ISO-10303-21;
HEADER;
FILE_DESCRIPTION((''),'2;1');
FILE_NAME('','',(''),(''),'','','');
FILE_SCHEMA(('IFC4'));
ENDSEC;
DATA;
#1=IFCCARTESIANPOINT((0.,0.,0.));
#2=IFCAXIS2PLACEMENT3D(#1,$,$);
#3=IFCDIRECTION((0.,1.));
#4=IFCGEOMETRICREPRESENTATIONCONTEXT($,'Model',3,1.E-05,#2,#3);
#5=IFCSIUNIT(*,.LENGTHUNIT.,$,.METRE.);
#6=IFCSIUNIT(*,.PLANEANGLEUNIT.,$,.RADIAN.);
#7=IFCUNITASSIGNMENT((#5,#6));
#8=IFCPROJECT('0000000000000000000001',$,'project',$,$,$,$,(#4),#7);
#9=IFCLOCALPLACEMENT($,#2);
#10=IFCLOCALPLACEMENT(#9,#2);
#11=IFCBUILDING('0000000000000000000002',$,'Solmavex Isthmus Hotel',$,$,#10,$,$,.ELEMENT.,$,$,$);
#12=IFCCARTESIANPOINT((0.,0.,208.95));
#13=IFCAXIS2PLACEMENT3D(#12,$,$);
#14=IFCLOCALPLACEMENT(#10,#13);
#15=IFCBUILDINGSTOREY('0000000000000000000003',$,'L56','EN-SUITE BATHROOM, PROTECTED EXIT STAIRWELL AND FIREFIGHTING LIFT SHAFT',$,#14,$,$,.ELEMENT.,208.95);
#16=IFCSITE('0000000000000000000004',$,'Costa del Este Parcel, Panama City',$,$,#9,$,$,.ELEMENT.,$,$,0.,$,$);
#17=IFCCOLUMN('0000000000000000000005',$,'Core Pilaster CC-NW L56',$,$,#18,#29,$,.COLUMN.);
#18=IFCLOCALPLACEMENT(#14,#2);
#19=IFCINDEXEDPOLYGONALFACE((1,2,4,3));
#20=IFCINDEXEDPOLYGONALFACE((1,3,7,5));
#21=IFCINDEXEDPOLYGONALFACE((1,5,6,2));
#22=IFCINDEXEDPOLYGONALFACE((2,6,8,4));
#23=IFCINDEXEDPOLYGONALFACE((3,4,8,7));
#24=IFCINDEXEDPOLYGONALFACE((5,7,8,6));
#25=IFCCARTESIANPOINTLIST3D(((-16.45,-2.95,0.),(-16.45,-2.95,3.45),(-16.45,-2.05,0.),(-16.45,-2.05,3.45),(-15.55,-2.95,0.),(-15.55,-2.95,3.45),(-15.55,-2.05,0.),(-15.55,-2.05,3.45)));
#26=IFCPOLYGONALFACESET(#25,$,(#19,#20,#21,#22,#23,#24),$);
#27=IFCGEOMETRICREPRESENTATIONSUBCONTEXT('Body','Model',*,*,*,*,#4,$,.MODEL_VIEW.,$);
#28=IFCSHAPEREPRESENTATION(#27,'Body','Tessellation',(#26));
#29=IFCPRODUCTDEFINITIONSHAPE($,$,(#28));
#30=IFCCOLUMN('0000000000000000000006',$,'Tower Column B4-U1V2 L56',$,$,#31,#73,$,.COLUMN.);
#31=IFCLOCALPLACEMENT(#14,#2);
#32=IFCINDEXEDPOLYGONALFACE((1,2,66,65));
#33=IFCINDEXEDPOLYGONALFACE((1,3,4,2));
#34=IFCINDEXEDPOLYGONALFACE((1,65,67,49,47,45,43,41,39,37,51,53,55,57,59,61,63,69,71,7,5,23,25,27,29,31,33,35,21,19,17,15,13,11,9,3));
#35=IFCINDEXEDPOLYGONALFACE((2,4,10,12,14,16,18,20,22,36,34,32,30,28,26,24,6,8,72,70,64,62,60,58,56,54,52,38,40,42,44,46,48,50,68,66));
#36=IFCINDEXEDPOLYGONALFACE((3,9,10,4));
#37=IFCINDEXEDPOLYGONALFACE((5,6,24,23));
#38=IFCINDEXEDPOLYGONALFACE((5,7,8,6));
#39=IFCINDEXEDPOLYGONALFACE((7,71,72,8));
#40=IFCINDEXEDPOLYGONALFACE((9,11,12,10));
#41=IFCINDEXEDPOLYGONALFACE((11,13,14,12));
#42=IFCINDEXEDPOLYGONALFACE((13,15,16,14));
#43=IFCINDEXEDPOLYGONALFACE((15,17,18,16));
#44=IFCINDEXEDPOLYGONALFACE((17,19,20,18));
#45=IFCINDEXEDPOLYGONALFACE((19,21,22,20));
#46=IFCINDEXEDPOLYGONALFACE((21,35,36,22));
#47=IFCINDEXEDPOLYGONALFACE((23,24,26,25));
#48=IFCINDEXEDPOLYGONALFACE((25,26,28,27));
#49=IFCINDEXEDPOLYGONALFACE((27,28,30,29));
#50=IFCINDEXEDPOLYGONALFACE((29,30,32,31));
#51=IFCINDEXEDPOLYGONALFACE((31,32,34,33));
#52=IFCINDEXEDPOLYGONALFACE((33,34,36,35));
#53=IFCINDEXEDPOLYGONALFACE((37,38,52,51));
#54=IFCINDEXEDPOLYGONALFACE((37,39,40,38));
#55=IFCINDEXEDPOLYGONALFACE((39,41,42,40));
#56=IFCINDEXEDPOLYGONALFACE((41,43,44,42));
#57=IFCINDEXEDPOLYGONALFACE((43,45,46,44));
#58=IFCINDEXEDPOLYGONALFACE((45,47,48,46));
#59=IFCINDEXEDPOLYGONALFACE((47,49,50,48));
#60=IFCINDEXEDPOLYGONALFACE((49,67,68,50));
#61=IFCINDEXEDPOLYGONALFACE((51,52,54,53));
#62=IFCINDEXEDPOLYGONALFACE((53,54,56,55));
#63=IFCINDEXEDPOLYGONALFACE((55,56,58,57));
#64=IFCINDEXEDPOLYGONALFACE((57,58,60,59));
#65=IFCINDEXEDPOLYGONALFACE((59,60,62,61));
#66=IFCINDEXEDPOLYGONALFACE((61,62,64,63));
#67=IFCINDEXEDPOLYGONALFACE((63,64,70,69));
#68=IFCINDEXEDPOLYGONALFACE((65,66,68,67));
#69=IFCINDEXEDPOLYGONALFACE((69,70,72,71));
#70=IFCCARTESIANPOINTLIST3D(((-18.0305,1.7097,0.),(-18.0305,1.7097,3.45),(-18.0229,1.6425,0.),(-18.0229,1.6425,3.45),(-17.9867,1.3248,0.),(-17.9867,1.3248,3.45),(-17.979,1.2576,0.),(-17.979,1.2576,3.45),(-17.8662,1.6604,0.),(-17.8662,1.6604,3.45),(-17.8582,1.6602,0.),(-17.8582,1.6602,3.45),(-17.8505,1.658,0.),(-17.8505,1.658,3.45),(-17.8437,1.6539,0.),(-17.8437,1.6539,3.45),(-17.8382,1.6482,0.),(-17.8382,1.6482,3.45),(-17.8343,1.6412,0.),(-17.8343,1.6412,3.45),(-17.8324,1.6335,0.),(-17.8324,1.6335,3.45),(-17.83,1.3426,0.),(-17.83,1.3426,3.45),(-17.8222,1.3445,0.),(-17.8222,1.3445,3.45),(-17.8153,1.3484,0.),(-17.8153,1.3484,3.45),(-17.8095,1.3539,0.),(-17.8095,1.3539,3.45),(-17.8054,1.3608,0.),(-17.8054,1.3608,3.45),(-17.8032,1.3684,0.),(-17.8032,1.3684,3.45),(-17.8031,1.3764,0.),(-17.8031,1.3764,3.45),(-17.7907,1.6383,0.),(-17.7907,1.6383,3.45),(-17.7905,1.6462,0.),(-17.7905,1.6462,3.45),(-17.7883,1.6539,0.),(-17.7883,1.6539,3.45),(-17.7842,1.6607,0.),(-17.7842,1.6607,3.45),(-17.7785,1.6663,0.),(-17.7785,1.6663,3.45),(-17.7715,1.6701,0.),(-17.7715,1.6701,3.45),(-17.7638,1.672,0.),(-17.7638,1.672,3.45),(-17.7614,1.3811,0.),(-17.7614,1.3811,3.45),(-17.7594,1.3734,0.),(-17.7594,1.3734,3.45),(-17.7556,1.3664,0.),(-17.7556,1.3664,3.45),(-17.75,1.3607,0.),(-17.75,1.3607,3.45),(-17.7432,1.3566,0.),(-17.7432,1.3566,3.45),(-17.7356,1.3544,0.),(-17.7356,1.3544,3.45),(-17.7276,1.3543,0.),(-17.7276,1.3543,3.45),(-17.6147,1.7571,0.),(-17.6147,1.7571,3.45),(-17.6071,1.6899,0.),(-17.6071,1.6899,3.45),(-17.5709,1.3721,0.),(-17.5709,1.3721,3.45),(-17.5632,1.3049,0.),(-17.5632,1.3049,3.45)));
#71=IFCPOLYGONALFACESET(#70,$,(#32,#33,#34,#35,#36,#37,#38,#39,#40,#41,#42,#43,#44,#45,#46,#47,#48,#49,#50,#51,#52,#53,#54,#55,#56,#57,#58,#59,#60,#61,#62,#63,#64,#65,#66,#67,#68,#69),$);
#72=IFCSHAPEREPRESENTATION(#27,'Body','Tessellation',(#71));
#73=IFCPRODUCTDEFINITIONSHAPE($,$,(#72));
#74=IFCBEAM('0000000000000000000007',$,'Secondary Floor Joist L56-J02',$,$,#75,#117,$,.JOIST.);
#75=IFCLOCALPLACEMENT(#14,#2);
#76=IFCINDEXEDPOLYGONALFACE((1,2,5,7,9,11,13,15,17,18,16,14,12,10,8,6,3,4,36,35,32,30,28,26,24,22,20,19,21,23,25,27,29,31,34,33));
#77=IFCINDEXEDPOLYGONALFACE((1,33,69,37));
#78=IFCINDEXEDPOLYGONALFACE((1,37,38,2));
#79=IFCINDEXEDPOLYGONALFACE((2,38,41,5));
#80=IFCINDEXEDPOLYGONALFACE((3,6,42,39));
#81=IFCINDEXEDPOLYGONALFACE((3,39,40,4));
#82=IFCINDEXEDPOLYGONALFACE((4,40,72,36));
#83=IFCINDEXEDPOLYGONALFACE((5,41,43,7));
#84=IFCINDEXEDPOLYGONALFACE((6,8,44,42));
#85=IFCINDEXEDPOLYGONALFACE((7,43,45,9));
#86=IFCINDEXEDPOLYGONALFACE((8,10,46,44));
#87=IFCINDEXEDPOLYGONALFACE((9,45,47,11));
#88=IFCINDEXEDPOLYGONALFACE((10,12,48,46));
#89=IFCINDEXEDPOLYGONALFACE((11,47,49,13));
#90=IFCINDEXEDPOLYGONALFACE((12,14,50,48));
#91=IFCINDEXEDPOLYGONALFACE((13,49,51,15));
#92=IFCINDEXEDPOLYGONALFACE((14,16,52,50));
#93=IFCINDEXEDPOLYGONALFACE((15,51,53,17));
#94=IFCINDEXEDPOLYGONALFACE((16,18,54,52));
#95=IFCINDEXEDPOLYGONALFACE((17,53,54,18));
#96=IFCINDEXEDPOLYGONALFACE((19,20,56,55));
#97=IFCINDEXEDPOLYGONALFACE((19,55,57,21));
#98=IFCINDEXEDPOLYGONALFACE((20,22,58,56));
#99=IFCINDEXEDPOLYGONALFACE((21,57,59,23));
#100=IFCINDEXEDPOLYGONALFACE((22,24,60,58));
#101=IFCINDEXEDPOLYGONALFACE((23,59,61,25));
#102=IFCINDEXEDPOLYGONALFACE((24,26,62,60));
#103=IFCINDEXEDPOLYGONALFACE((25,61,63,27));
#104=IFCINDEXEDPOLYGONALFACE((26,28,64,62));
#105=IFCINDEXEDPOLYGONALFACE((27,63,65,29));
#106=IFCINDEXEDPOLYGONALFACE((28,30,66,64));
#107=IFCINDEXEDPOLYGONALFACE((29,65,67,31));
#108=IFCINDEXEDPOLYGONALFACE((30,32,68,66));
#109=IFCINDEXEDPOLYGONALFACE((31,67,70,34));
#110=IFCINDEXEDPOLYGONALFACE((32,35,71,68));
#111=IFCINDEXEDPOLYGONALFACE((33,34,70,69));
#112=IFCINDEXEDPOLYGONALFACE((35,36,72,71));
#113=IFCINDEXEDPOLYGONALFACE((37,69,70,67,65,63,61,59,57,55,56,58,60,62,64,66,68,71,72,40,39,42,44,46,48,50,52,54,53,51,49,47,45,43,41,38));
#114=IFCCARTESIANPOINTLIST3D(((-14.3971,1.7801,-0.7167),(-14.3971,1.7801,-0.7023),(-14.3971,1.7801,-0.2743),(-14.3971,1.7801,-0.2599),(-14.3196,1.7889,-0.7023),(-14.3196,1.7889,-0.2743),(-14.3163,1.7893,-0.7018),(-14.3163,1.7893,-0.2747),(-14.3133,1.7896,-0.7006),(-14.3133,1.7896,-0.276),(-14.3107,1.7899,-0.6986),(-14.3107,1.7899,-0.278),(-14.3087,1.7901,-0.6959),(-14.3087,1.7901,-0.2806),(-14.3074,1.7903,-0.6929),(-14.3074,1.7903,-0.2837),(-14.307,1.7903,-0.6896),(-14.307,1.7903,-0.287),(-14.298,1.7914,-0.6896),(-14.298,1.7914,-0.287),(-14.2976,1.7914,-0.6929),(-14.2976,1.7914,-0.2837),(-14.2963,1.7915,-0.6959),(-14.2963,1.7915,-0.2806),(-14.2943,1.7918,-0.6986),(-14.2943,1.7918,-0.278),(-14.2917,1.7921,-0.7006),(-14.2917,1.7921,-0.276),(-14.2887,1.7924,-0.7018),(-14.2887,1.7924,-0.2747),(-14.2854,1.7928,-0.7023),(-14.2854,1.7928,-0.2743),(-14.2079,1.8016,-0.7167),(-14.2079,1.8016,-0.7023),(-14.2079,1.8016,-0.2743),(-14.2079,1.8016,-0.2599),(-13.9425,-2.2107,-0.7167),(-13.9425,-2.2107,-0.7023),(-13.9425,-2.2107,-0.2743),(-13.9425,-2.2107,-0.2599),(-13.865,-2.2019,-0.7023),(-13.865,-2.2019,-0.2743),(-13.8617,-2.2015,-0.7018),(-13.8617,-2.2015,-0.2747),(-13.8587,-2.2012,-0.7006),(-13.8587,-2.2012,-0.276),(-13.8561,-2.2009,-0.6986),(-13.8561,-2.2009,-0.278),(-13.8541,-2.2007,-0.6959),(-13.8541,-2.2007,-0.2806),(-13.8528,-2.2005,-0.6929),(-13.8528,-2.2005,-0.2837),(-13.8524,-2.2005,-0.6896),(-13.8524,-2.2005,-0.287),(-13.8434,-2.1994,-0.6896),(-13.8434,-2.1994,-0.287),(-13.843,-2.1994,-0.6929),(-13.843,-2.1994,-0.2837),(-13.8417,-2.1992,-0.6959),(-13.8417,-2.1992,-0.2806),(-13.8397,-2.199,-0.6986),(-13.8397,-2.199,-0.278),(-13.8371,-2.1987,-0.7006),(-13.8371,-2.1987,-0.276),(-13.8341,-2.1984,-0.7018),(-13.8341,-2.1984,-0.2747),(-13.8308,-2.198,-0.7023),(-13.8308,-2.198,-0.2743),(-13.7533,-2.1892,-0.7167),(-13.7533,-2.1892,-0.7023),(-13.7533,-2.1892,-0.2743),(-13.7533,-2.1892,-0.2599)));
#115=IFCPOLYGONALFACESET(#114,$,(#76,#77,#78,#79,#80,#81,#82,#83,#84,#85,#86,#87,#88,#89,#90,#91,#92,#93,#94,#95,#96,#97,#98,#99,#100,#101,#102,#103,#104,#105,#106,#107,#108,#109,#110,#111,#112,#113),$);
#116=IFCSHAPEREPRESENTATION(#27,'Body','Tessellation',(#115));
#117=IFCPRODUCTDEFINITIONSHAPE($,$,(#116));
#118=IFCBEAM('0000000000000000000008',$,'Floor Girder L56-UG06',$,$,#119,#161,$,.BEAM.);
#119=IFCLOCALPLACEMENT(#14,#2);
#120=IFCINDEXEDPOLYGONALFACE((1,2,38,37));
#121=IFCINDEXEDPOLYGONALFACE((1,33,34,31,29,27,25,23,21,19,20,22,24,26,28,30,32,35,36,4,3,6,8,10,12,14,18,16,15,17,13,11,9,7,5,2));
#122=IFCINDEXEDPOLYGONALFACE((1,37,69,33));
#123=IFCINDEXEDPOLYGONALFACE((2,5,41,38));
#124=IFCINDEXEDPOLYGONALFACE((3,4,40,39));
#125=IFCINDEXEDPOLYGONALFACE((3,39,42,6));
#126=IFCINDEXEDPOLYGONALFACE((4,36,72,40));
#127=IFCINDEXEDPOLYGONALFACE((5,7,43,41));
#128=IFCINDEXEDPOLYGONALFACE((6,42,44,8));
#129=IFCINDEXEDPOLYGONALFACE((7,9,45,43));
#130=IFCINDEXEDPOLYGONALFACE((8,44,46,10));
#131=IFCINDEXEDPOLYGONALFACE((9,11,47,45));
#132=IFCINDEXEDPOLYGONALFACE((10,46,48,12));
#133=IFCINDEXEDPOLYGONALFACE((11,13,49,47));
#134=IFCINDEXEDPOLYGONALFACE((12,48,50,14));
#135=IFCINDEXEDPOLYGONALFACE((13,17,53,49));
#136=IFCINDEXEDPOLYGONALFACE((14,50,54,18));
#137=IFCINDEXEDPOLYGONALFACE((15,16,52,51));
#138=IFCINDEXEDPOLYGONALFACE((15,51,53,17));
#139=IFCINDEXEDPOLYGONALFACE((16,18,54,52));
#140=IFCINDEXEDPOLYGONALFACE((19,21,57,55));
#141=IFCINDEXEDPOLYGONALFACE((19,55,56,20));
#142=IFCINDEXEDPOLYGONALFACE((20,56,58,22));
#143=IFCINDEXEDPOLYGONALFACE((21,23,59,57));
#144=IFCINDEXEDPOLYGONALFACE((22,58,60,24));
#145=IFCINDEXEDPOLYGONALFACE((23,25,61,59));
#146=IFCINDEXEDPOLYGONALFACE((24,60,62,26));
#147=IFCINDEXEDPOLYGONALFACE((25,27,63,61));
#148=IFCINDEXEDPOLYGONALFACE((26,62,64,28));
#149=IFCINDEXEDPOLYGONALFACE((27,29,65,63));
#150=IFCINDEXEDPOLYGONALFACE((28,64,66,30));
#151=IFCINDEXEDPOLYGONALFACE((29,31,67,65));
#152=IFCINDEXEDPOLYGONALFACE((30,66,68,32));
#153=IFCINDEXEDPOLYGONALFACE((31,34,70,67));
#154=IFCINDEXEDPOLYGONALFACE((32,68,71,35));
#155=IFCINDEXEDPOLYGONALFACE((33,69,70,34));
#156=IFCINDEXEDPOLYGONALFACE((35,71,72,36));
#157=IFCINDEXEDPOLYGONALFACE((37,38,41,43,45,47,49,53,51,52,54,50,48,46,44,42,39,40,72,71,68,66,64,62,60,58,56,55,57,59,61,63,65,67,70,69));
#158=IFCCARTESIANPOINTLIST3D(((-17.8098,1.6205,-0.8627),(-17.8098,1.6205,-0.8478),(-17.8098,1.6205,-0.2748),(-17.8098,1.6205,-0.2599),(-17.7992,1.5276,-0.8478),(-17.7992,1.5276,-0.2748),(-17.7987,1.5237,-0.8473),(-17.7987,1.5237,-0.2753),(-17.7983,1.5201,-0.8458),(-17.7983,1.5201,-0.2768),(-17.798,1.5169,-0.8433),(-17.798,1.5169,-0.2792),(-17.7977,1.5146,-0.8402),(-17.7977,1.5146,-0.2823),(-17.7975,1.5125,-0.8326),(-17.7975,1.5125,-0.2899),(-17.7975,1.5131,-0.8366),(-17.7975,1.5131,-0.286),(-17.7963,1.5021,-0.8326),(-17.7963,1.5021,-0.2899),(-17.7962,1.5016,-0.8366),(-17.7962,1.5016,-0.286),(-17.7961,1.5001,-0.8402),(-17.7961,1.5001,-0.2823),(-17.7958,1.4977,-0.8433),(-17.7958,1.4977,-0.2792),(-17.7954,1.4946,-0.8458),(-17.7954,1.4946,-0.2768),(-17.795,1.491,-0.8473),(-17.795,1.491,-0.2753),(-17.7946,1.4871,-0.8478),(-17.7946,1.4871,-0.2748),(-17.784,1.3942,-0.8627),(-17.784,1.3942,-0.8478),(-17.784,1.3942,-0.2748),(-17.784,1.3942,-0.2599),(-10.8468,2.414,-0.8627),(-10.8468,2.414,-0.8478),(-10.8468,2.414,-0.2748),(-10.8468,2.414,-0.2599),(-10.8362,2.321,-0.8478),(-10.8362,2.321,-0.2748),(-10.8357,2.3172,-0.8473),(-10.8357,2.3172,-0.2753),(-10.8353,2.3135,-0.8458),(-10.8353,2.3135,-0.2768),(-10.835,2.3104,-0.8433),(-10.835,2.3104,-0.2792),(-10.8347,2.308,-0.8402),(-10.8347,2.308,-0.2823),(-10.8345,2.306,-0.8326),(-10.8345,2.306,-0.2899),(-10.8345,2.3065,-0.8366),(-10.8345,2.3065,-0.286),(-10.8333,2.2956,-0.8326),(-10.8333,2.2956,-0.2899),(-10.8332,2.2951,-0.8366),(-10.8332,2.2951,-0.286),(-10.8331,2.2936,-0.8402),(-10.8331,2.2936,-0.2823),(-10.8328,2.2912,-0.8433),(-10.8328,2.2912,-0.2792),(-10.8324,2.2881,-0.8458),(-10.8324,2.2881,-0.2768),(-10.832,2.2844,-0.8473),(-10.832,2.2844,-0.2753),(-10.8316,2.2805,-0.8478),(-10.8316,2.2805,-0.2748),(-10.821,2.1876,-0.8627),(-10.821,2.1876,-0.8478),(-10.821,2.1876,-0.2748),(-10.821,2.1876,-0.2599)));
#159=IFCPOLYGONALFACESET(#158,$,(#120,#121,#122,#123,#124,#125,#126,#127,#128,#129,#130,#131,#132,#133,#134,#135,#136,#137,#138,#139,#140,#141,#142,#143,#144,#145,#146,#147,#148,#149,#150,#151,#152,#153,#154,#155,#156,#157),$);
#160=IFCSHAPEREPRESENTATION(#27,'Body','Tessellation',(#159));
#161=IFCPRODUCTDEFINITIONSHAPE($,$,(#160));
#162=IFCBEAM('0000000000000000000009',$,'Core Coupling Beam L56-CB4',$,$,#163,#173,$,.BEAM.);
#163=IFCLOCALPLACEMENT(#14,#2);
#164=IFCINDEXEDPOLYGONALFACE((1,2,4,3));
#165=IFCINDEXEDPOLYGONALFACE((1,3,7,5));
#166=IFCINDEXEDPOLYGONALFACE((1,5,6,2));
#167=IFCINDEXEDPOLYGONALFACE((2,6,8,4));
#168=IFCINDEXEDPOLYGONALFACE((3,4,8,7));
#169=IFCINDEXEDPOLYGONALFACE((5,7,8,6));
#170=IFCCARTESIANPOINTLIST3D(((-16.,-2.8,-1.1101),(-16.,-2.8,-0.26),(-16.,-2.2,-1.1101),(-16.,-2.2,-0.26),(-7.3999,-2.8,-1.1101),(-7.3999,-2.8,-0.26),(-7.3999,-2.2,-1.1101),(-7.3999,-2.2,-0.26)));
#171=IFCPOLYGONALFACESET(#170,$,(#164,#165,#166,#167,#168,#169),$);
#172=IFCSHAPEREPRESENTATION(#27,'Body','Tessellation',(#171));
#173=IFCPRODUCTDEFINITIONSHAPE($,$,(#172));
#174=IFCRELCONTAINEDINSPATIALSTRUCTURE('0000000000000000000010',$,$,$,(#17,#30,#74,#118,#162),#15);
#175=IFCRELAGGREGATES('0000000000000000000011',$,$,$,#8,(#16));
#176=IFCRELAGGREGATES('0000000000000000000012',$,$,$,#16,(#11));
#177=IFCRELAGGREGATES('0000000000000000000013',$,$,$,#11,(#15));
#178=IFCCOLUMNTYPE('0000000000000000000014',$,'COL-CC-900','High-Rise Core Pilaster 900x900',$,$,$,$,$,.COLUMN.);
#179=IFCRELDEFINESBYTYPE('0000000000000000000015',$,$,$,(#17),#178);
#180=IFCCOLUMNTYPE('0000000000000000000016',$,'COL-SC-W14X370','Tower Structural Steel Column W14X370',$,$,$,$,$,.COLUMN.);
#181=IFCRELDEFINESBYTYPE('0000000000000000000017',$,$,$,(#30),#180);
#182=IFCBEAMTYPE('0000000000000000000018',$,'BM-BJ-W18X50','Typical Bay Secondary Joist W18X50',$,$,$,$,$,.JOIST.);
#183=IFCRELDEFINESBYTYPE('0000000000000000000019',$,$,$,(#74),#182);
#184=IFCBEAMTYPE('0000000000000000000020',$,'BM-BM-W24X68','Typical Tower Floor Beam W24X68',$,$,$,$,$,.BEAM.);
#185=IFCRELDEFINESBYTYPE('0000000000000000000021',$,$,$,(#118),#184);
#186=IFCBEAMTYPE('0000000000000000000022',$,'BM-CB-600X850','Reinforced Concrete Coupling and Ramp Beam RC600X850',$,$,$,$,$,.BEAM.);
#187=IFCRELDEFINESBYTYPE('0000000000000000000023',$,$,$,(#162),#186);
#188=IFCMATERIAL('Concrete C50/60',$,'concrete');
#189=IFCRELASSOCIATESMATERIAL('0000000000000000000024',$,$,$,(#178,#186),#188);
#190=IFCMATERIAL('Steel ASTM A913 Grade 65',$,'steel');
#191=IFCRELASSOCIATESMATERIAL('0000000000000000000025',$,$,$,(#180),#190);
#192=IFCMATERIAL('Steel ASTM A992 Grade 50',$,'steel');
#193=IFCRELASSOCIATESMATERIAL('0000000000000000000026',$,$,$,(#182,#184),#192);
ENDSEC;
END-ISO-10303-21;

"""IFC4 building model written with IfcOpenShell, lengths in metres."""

from ifc_helpers import new_model, si_unit, direction, frame, origin, origin_2d, place, context, subcontext, project, spatial, rectangle, i_section, extrude, material, material_profile, profile_set, type_object, element, save


model = new_model("IFC4")

# Units and contexts
model_context = context("Model", 3, precision=1e-05, world=origin(), true_north=direction((0.0, 1.0)))
body_context = subcontext(model_context, "Body", "Model", "MODEL_VIEW")
ifc_project = project(units=[si_unit("LENGTHUNIT", "METRE"), si_unit("PLANEANGLEUNIT", "RADIAN")], contexts=[model_context])

# Site, building, storey
site_placement = place(None, origin())
site = spatial("IfcSite", under=ifc_project, at=site_placement, Name="Costa del Este Parcel, Panama City", CompositionType="ELEMENT", RefElevation=0.0)
building_placement = place(site_placement, origin())
building = spatial("IfcBuilding", under=site, at=building_placement, Name="Solmavex Isthmus Hotel", CompositionType="ELEMENT")
storey_placement = place(building_placement, frame((0.0, 0.0, 208.95)))
storey = spatial("IfcBuildingStorey", under=building, at=storey_placement, Name="L56", Description="EN-SUITE BATHROOM, PROTECTED EXIT STAIRWELL AND FIREFIGHTING LIFT SHAFT", CompositionType="ELEMENT", Elevation=208.95)

# Columns
ifc_material_1 = material(Name="Concrete C50/60", Category="concrete")
ifc_material_profile_1 = material_profile(ifc_material_1, rectangle(XDim=0.8999, YDim=0.8999, at=origin_2d()), Name="RC900X900")
ifc_profile_set_1 = profile_set([ifc_material_profile_1], Name="Concrete C50/60")
column_type_1 = type_object("IfcColumnType", Name="COL-CC-900", Description="High-Rise Core Pilaster 900x900", PredefinedType="COLUMN", material=ifc_profile_set_1)
column_1_placement = place(storey_placement, frame((-16.0, -2.5, 0.0), z_axis=(0.0, 0.0, 1.0), x_axis=(1.0, 0.0, 0.0)))
element("IfcColumn", 1, at=column_1_placement, inside=storey, type_object=column_type_1, Name="Core Pilaster CC-NW L56", PredefinedType="COLUMN", context=body_context, shape_type="SweptSolid", body=[
    extrude(rectangle(XDim=0.8999, YDim=0.8999, at=origin_2d()), origin(), (0.0, 0.0, 1.0), 3.45),
])
ifc_material_2 = material(Name="Steel ASTM A913 Grade 65", Category="steel")
ifc_material_profile_2 = material_profile(ifc_material_2, i_section(OverallWidth=0.4185, OverallDepth=0.4551, WebThickness=0.042, FlangeThickness=0.0676, FilletRadius=0.0305, at=origin_2d()), Name="W14X370")
ifc_profile_set_2 = profile_set([ifc_material_profile_2], Name="Steel ASTM A913 Grade 65")
column_type_2 = type_object("IfcColumnType", Name="COL-SC-W14X370", Description="Tower Structural Steel Column W14X370", PredefinedType="COLUMN", material=ifc_profile_set_2)
column_2_placement = place(storey_placement, frame((-17.7969, 1.5073, 0.0), z_axis=(0.0, 0.0, 1.0), x_axis=(0.993572, 0.113203, 0.0)))
element("IfcColumn", 2, at=column_2_placement, inside=storey, type_object=column_type_2, Name="Tower Column B4-U1V2 L56", PredefinedType="COLUMN", context=body_context, shape_type="SweptSolid", body=[
    extrude(i_section(OverallWidth=0.4185, OverallDepth=0.4551, WebThickness=0.042, FlangeThickness=0.0676, FilletRadius=0.0305, at=origin_2d()), origin(), (0.0, 0.0, 1.0), 3.45),
])

# Beams
ifc_material_3 = material(Name="Steel ASTM A992 Grade 50", Category="steel")
ifc_material_profile_3 = material_profile(ifc_material_3, i_section(OverallWidth=0.1904, OverallDepth=0.4568, WebThickness=0.009, FlangeThickness=0.0144, FilletRadius=0.0127, at=origin_2d()), Name="W18X50")
ifc_profile_set_3 = profile_set([ifc_material_profile_3], Name="Steel ASTM A992 Grade 50")
beam_type_1 = type_object("IfcBeamType", Name="BM-BJ-W18X50", Description="Typical Bay Secondary Joist W18X50", PredefinedType="JOIST", material=ifc_profile_set_3)
beam_1_placement = place(storey_placement, frame((-13.8479, -2.2, -0.4883), z_axis=(-0.11318, 0.993575, 0.0), x_axis=(-0.993575, -0.11318, 0.0)))
element("IfcBeam", 3, at=beam_1_placement, inside=storey, type_object=beam_type_1, Name="Secondary Floor Joist L56-J02", PredefinedType="JOIST", context=body_context, shape_type="SweptSolid", body=[
    extrude(i_section(OverallWidth=0.1904, OverallDepth=0.4568, WebThickness=0.009, FlangeThickness=0.0144, FilletRadius=0.0127, at=origin_2d()), origin(), (0.0, 0.0, 1.0), 4.0166),
])
ifc_material_profile_4 = material_profile(ifc_material_3, i_section(OverallWidth=0.2278, OverallDepth=0.6028, WebThickness=0.0105, FlangeThickness=0.0149, FilletRadius=0.0151, at=origin_2d()), Name="W24X68")
ifc_profile_set_4 = profile_set([ifc_material_profile_4], Name="Steel ASTM A992 Grade 50")
beam_type_2 = type_object("IfcBeamType", Name="BM-BM-W24X68", Description="Typical Tower Floor Beam W24X68", PredefinedType="BEAM", material=ifc_profile_set_4)
beam_2_placement = place(storey_placement, frame((-17.7969, 1.5073, -0.5613), z_axis=(0.99357, 0.113222, 0.0), x_axis=(-0.113222, 0.99357, 0.0)))
element("IfcBeam", 4, at=beam_2_placement, inside=storey, type_object=beam_type_2, Name="Floor Girder L56-UG06", PredefinedType="BEAM", context=body_context, shape_type="SweptSolid", body=[
    extrude(i_section(OverallWidth=0.2278, OverallDepth=0.6028, WebThickness=0.0105, FlangeThickness=0.0149, FilletRadius=0.0151, at=origin_2d()), origin(), (0.0, 0.0, 1.0), 7.0081),
])
ifc_material_profile_5 = material_profile(ifc_material_1, rectangle(XDim=0.6001, YDim=0.8501, at=origin_2d()), Name="RC600X850")
ifc_profile_set_5 = profile_set([ifc_material_profile_5], Name="Concrete C50/60")
beam_type_3 = type_object("IfcBeamType", Name="BM-CB-600X850", Description="Reinforced Concrete Coupling and Ramp Beam RC600X850", PredefinedType="BEAM", material=ifc_profile_set_5)
beam_3_placement = place(storey_placement, frame((-16.0, -2.5, -0.6851), z_axis=(1.0, 0.0, 0.0), x_axis=(0.0, 1.0, 0.0)))
element("IfcBeam", 5, at=beam_3_placement, inside=storey, type_object=beam_type_3, Name="Core Coupling Beam L56-CB4", PredefinedType="BEAM", context=body_context, shape_type="SweptSolid", body=[
    extrude(rectangle(XDim=0.6001, YDim=0.8501, at=origin_2d()), origin(), (0.0, 0.0, 1.0), 8.6001),
])

save(model, "model.ifc")
